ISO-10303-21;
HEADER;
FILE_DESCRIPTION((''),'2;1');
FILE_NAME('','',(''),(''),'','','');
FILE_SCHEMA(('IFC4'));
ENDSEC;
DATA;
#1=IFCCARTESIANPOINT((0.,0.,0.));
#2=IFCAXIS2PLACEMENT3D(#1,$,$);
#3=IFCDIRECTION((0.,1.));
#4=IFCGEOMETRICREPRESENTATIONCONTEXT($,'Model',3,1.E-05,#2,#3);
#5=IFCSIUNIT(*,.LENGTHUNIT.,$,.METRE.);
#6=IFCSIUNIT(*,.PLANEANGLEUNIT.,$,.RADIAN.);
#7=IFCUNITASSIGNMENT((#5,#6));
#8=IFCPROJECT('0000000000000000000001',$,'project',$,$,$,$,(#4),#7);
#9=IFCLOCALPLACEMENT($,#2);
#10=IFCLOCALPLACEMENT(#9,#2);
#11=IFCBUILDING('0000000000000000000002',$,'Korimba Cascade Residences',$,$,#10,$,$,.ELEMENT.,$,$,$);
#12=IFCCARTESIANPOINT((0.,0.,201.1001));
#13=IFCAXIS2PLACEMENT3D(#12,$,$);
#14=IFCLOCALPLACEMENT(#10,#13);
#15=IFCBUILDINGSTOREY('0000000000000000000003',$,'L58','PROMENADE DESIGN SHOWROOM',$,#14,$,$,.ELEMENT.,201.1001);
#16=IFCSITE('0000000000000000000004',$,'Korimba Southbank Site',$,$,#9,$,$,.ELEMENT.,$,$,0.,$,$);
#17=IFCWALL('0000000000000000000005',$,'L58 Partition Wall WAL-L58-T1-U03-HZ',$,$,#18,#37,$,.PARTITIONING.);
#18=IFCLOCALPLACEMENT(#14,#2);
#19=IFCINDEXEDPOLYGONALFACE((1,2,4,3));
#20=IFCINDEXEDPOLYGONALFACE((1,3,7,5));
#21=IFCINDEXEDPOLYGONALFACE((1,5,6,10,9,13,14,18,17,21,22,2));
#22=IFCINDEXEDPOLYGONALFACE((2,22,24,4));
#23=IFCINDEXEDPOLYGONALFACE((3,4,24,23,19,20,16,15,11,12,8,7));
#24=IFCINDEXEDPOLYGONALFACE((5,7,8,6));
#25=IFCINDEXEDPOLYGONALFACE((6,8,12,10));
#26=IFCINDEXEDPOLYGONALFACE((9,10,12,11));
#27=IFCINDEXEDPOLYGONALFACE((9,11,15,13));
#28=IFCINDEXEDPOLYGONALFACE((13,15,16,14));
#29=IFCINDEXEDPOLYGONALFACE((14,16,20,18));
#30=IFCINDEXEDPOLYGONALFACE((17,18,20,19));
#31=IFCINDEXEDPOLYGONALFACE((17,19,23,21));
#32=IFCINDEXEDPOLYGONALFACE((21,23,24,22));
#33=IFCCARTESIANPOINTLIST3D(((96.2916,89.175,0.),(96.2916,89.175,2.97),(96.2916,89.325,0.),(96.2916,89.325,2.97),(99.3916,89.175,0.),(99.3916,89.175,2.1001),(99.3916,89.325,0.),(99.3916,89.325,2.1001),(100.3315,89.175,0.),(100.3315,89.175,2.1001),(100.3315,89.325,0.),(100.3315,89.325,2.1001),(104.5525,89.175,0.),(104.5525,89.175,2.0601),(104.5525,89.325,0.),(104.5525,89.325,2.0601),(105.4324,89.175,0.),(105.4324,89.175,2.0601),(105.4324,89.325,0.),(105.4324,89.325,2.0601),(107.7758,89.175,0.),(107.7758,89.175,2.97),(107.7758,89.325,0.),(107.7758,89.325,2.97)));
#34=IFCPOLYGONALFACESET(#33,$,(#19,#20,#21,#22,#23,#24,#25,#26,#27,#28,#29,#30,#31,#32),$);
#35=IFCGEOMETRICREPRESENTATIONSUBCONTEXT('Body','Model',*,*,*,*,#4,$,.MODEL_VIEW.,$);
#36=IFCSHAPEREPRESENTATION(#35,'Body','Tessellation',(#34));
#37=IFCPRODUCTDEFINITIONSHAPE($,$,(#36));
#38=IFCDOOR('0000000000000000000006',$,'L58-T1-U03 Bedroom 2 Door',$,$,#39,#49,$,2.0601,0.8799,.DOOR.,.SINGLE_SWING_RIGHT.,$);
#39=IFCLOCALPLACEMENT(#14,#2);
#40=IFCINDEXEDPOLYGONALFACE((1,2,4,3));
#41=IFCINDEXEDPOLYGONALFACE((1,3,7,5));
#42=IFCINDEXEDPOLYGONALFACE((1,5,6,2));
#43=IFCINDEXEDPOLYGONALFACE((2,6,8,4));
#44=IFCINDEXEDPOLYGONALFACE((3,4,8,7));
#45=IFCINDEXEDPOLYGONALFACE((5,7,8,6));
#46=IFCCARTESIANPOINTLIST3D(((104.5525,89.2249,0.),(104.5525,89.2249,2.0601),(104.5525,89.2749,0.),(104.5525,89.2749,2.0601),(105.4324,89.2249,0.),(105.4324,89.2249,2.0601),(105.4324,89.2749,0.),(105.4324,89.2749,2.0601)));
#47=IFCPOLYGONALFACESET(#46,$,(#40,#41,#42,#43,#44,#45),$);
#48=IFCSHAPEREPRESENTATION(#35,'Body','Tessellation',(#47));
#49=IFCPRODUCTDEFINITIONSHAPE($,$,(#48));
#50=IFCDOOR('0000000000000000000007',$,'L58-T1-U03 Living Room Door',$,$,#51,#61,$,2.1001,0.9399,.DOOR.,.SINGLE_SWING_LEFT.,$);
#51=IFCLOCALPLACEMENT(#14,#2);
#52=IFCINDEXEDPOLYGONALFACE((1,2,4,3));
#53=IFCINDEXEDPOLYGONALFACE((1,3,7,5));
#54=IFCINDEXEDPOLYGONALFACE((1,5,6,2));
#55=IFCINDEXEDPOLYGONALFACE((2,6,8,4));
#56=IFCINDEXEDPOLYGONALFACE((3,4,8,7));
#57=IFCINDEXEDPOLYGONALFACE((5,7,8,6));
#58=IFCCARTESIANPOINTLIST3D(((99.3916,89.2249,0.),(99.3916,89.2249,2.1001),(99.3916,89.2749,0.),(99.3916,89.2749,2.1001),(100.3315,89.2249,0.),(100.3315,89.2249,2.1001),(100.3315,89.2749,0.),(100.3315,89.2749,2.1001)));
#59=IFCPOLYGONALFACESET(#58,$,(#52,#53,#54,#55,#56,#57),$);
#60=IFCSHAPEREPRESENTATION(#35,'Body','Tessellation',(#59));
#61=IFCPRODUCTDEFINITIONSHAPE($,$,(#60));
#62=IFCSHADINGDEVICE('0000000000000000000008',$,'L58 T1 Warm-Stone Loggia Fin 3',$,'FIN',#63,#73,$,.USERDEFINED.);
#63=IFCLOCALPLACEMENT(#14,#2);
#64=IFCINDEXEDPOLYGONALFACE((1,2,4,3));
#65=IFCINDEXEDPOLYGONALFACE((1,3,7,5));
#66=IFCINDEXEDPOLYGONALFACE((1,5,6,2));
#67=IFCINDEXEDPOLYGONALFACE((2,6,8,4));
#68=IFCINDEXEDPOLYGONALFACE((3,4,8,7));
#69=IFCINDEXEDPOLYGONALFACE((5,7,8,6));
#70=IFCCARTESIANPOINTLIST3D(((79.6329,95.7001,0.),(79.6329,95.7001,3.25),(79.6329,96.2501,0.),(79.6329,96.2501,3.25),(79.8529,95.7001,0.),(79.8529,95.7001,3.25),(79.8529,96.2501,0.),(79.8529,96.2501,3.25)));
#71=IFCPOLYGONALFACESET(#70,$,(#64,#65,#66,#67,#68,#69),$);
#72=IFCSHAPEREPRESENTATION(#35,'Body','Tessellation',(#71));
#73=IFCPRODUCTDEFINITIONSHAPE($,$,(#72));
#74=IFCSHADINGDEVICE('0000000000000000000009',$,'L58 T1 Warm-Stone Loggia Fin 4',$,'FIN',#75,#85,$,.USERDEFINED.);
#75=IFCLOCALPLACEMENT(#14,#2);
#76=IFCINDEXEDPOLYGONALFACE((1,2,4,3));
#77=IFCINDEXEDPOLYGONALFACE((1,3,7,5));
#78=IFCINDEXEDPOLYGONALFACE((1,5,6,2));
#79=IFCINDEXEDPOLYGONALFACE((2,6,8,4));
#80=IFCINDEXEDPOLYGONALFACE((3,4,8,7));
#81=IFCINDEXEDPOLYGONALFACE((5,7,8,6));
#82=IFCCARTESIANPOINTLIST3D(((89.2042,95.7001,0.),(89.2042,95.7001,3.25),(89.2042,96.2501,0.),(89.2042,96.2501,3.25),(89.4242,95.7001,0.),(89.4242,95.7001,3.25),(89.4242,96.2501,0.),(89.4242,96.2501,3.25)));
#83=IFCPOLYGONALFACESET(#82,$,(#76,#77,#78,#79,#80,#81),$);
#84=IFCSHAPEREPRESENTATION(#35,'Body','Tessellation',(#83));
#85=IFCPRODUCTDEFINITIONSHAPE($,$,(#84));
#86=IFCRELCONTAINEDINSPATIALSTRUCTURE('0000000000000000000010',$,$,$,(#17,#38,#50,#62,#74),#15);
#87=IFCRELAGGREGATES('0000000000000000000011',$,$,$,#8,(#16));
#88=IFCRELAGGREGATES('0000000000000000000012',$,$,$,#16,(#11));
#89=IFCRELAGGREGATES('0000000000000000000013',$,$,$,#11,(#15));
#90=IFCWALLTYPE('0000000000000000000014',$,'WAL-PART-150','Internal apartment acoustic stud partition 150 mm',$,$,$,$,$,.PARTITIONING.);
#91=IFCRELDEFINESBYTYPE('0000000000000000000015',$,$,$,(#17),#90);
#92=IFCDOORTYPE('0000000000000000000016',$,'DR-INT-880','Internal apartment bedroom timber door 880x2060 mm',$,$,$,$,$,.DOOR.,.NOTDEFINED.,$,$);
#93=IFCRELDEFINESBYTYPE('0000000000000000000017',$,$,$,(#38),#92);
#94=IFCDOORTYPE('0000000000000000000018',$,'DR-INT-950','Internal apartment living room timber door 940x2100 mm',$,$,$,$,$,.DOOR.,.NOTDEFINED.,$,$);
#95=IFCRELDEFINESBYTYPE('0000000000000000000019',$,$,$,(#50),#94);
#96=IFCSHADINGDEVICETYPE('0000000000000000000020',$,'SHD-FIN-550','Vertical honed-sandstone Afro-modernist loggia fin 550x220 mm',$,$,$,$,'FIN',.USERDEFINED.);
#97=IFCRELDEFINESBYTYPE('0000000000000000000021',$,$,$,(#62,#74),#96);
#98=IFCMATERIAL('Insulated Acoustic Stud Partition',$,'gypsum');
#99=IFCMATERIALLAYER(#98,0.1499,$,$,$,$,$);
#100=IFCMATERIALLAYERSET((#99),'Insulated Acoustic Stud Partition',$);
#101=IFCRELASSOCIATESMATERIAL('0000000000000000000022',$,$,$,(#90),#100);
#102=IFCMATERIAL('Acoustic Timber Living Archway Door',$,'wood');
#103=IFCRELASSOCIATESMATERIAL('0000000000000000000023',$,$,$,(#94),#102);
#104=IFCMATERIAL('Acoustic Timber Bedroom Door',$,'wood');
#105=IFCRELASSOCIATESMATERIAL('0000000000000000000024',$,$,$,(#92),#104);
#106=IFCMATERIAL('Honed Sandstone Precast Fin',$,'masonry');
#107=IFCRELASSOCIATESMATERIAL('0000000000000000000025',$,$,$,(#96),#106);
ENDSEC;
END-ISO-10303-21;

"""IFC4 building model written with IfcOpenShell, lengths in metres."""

from ifc_helpers import new_model, si_unit, direction, frame, frame_2d, origin, origin_2d, place, context, subcontext, project, spatial, rectangle, extrude, material, layer, layer_set, type_object, element, fill, save


model = new_model("IFC4")

# Units and contexts
model_context = context("Model", 3, precision=1e-05, world=origin(), true_north=direction((0.0, 1.0)))
body_context = subcontext(model_context, "Body", "Model", "MODEL_VIEW")
ifc_project = project(units=[si_unit("LENGTHUNIT", "METRE"), si_unit("PLANEANGLEUNIT", "RADIAN")], contexts=[model_context])

# Site, building, storey
site_placement = place(None, origin())
site = spatial("IfcSite", under=ifc_project, at=site_placement, Name="Korimba Southbank Site", CompositionType="ELEMENT", RefElevation=0.0)
building_placement = place(site_placement, origin())
building = spatial("IfcBuilding", under=site, at=building_placement, Name="Korimba Cascade Residences", CompositionType="ELEMENT")
storey_placement = place(building_placement, frame((0.0, 0.0, 201.1001)))
storey = spatial("IfcBuildingStorey", under=building, at=storey_placement, Name="L58", Description="PROMENADE DESIGN SHOWROOM", CompositionType="ELEMENT", Elevation=201.1001)

# Shared definitions
ifc_material_1 = material(Name="Insulated Acoustic Stud Partition", Category="gypsum")
ifc_layer = layer(ifc_material_1, 0.1499)
ifc_layer_set = layer_set([ifc_layer], Name="Insulated Acoustic Stud Partition")
wall_type = type_object("IfcWallType", Name="WAL-PART-150", Description="Internal apartment acoustic stud partition 150 mm", PredefinedType="PARTITIONING", material=ifc_layer_set)

# Shared definitions
ifc_material_2 = material(Name="Acoustic Timber Living Archway Door", Category="wood")
door_type_1 = type_object("IfcDoorType", Name="DR-INT-950", Description="Internal apartment living room timber door 940x2100 mm", OperationType="NOTDEFINED", PredefinedType="DOOR", material=ifc_material_2)

# Wall, openings, doors
wall_1_placement = place(storey_placement, frame((96.2915, 89.25, 0.0), z_axis=(0.0, 0.0, 1.0), x_axis=(1.0, 0.0, 0.0)))
wall_1 = element("IfcWall", 1, at=wall_1_placement, inside=storey, type_object=wall_type, Name="L58 Partition Wall WAL-L58-T1-U03-HZ", PredefinedType="PARTITIONING", context=body_context, shape_type="SweptSolid", body=[
    extrude(rectangle(XDim=11.4841, YDim=0.1499, at=frame_2d((5.7422, 0.0))), origin(), (0.0, 0.0, 1.0), 2.97),
])
opening_1_placement = place(wall_1_placement, frame((3.1001, 0.0, 0.0)))
opening_1 = element("IfcOpeningElement", 2, at=opening_1_placement, cuts=wall_1, PredefinedType="OPENING", context=body_context, shape_type="SweptSolid", body=[
    extrude(rectangle(XDim=0.9399, YDim=2.1001, at=frame_2d((0.47, 1.05))), frame((0.0, 0.085, 0.0), z_axis=(0.0, -1.0, 0.0), x_axis=(1.0, 0.0, 0.0)), (0.0, 0.0, 1.0), 0.1699),
])
opening_2_placement = place(wall_1_placement, frame((8.261, 0.0, 0.0)))
opening_2 = element("IfcOpeningElement", 3, at=opening_2_placement, cuts=wall_1, PredefinedType="OPENING", context=body_context, shape_type="SweptSolid", body=[
    extrude(rectangle(XDim=0.8799, YDim=2.0601, at=frame_2d((0.4399, 1.03))), frame((0.0, 0.085, 0.0), z_axis=(0.0, -1.0, 0.0), x_axis=(1.0, 0.0, 0.0)), (0.0, 0.0, 1.0), 0.1699),
])
ifc_material_3 = material(Name="Acoustic Timber Bedroom Door", Category="wood")
door_type_2 = type_object("IfcDoorType", Name="DR-INT-880", Description="Internal apartment bedroom timber door 880x2060 mm", OperationType="NOTDEFINED", PredefinedType="DOOR", material=ifc_material_3)
door_1_placement = place(opening_2_placement, origin())
door_1 = element("IfcDoor", 4, at=door_1_placement, inside=storey, type_object=door_type_2, Name="L58-T1-U03 Bedroom 2 Door", OperationType="SINGLE_SWING_RIGHT", OverallHeight=2.0601, OverallWidth=0.8799, PredefinedType="DOOR", context=body_context, shape_type="SweptSolid", body=[
    extrude(rectangle(XDim=0.8799, YDim=2.0601, at=frame_2d((0.4399, 1.03))), frame((0.0, 0.0249, 0.0), z_axis=(0.0, -1.0, 0.0), x_axis=(1.0, 0.0, 0.0)), (0.0, 0.0, 1.0), 0.05),
])
fill(opening_2, door_1)
door_2_placement = place(opening_1_placement, origin())
door_2 = element("IfcDoor", 5, at=door_2_placement, inside=storey, type_object=door_type_1, Name="L58-T1-U03 Living Room Door", OperationType="SINGLE_SWING_LEFT", OverallHeight=2.1001, OverallWidth=0.9399, PredefinedType="DOOR", context=body_context, shape_type="SweptSolid", body=[
    extrude(rectangle(XDim=0.9399, YDim=2.1001, at=frame_2d((0.47, 1.05))), frame((0.0, 0.0249, 0.0), z_axis=(0.0, -1.0, 0.0), x_axis=(1.0, 0.0, 0.0)), (0.0, 0.0, 1.0), 0.05),
])
fill(opening_1, door_2)

# Shading devices
ifc_material_4 = material(Name="Honed Sandstone Precast Fin", Category="masonry")
shading_device_type = type_object("IfcShadingDeviceType", Name="SHD-FIN-550", Description="Vertical honed-sandstone Afro-modernist loggia fin 550x220 mm", ElementType="FIN", PredefinedType="USERDEFINED", material=ifc_material_4)
for number, where, z_axis, x_axis, name in (
    (6, (79.7429, 95.9751, 0.0), (0.0, 0.0, 1.0), (1.0, 0.0, 0.0), "L58 T1 Warm-Stone Loggia Fin 3"),
    (7, (89.3142, 95.9751, 0.0), (0.0, 0.0, 1.0), (1.0, 0.0, 0.0), "L58 T1 Warm-Stone Loggia Fin 4"),
):
    element("IfcShadingDevice", number, at=place(storey_placement, frame(where, z_axis=z_axis, x_axis=x_axis)), inside=storey, type_object=shading_device_type, Name=name, ObjectType="FIN", PredefinedType="USERDEFINED", context=body_context, shape_type="SweptSolid", body=[
        extrude(rectangle(XDim=0.22, YDim=0.55, at=origin_2d()), origin(), (0.0, 0.0, 1.0), 3.25),
    ])

save(model, "model.ifc")
